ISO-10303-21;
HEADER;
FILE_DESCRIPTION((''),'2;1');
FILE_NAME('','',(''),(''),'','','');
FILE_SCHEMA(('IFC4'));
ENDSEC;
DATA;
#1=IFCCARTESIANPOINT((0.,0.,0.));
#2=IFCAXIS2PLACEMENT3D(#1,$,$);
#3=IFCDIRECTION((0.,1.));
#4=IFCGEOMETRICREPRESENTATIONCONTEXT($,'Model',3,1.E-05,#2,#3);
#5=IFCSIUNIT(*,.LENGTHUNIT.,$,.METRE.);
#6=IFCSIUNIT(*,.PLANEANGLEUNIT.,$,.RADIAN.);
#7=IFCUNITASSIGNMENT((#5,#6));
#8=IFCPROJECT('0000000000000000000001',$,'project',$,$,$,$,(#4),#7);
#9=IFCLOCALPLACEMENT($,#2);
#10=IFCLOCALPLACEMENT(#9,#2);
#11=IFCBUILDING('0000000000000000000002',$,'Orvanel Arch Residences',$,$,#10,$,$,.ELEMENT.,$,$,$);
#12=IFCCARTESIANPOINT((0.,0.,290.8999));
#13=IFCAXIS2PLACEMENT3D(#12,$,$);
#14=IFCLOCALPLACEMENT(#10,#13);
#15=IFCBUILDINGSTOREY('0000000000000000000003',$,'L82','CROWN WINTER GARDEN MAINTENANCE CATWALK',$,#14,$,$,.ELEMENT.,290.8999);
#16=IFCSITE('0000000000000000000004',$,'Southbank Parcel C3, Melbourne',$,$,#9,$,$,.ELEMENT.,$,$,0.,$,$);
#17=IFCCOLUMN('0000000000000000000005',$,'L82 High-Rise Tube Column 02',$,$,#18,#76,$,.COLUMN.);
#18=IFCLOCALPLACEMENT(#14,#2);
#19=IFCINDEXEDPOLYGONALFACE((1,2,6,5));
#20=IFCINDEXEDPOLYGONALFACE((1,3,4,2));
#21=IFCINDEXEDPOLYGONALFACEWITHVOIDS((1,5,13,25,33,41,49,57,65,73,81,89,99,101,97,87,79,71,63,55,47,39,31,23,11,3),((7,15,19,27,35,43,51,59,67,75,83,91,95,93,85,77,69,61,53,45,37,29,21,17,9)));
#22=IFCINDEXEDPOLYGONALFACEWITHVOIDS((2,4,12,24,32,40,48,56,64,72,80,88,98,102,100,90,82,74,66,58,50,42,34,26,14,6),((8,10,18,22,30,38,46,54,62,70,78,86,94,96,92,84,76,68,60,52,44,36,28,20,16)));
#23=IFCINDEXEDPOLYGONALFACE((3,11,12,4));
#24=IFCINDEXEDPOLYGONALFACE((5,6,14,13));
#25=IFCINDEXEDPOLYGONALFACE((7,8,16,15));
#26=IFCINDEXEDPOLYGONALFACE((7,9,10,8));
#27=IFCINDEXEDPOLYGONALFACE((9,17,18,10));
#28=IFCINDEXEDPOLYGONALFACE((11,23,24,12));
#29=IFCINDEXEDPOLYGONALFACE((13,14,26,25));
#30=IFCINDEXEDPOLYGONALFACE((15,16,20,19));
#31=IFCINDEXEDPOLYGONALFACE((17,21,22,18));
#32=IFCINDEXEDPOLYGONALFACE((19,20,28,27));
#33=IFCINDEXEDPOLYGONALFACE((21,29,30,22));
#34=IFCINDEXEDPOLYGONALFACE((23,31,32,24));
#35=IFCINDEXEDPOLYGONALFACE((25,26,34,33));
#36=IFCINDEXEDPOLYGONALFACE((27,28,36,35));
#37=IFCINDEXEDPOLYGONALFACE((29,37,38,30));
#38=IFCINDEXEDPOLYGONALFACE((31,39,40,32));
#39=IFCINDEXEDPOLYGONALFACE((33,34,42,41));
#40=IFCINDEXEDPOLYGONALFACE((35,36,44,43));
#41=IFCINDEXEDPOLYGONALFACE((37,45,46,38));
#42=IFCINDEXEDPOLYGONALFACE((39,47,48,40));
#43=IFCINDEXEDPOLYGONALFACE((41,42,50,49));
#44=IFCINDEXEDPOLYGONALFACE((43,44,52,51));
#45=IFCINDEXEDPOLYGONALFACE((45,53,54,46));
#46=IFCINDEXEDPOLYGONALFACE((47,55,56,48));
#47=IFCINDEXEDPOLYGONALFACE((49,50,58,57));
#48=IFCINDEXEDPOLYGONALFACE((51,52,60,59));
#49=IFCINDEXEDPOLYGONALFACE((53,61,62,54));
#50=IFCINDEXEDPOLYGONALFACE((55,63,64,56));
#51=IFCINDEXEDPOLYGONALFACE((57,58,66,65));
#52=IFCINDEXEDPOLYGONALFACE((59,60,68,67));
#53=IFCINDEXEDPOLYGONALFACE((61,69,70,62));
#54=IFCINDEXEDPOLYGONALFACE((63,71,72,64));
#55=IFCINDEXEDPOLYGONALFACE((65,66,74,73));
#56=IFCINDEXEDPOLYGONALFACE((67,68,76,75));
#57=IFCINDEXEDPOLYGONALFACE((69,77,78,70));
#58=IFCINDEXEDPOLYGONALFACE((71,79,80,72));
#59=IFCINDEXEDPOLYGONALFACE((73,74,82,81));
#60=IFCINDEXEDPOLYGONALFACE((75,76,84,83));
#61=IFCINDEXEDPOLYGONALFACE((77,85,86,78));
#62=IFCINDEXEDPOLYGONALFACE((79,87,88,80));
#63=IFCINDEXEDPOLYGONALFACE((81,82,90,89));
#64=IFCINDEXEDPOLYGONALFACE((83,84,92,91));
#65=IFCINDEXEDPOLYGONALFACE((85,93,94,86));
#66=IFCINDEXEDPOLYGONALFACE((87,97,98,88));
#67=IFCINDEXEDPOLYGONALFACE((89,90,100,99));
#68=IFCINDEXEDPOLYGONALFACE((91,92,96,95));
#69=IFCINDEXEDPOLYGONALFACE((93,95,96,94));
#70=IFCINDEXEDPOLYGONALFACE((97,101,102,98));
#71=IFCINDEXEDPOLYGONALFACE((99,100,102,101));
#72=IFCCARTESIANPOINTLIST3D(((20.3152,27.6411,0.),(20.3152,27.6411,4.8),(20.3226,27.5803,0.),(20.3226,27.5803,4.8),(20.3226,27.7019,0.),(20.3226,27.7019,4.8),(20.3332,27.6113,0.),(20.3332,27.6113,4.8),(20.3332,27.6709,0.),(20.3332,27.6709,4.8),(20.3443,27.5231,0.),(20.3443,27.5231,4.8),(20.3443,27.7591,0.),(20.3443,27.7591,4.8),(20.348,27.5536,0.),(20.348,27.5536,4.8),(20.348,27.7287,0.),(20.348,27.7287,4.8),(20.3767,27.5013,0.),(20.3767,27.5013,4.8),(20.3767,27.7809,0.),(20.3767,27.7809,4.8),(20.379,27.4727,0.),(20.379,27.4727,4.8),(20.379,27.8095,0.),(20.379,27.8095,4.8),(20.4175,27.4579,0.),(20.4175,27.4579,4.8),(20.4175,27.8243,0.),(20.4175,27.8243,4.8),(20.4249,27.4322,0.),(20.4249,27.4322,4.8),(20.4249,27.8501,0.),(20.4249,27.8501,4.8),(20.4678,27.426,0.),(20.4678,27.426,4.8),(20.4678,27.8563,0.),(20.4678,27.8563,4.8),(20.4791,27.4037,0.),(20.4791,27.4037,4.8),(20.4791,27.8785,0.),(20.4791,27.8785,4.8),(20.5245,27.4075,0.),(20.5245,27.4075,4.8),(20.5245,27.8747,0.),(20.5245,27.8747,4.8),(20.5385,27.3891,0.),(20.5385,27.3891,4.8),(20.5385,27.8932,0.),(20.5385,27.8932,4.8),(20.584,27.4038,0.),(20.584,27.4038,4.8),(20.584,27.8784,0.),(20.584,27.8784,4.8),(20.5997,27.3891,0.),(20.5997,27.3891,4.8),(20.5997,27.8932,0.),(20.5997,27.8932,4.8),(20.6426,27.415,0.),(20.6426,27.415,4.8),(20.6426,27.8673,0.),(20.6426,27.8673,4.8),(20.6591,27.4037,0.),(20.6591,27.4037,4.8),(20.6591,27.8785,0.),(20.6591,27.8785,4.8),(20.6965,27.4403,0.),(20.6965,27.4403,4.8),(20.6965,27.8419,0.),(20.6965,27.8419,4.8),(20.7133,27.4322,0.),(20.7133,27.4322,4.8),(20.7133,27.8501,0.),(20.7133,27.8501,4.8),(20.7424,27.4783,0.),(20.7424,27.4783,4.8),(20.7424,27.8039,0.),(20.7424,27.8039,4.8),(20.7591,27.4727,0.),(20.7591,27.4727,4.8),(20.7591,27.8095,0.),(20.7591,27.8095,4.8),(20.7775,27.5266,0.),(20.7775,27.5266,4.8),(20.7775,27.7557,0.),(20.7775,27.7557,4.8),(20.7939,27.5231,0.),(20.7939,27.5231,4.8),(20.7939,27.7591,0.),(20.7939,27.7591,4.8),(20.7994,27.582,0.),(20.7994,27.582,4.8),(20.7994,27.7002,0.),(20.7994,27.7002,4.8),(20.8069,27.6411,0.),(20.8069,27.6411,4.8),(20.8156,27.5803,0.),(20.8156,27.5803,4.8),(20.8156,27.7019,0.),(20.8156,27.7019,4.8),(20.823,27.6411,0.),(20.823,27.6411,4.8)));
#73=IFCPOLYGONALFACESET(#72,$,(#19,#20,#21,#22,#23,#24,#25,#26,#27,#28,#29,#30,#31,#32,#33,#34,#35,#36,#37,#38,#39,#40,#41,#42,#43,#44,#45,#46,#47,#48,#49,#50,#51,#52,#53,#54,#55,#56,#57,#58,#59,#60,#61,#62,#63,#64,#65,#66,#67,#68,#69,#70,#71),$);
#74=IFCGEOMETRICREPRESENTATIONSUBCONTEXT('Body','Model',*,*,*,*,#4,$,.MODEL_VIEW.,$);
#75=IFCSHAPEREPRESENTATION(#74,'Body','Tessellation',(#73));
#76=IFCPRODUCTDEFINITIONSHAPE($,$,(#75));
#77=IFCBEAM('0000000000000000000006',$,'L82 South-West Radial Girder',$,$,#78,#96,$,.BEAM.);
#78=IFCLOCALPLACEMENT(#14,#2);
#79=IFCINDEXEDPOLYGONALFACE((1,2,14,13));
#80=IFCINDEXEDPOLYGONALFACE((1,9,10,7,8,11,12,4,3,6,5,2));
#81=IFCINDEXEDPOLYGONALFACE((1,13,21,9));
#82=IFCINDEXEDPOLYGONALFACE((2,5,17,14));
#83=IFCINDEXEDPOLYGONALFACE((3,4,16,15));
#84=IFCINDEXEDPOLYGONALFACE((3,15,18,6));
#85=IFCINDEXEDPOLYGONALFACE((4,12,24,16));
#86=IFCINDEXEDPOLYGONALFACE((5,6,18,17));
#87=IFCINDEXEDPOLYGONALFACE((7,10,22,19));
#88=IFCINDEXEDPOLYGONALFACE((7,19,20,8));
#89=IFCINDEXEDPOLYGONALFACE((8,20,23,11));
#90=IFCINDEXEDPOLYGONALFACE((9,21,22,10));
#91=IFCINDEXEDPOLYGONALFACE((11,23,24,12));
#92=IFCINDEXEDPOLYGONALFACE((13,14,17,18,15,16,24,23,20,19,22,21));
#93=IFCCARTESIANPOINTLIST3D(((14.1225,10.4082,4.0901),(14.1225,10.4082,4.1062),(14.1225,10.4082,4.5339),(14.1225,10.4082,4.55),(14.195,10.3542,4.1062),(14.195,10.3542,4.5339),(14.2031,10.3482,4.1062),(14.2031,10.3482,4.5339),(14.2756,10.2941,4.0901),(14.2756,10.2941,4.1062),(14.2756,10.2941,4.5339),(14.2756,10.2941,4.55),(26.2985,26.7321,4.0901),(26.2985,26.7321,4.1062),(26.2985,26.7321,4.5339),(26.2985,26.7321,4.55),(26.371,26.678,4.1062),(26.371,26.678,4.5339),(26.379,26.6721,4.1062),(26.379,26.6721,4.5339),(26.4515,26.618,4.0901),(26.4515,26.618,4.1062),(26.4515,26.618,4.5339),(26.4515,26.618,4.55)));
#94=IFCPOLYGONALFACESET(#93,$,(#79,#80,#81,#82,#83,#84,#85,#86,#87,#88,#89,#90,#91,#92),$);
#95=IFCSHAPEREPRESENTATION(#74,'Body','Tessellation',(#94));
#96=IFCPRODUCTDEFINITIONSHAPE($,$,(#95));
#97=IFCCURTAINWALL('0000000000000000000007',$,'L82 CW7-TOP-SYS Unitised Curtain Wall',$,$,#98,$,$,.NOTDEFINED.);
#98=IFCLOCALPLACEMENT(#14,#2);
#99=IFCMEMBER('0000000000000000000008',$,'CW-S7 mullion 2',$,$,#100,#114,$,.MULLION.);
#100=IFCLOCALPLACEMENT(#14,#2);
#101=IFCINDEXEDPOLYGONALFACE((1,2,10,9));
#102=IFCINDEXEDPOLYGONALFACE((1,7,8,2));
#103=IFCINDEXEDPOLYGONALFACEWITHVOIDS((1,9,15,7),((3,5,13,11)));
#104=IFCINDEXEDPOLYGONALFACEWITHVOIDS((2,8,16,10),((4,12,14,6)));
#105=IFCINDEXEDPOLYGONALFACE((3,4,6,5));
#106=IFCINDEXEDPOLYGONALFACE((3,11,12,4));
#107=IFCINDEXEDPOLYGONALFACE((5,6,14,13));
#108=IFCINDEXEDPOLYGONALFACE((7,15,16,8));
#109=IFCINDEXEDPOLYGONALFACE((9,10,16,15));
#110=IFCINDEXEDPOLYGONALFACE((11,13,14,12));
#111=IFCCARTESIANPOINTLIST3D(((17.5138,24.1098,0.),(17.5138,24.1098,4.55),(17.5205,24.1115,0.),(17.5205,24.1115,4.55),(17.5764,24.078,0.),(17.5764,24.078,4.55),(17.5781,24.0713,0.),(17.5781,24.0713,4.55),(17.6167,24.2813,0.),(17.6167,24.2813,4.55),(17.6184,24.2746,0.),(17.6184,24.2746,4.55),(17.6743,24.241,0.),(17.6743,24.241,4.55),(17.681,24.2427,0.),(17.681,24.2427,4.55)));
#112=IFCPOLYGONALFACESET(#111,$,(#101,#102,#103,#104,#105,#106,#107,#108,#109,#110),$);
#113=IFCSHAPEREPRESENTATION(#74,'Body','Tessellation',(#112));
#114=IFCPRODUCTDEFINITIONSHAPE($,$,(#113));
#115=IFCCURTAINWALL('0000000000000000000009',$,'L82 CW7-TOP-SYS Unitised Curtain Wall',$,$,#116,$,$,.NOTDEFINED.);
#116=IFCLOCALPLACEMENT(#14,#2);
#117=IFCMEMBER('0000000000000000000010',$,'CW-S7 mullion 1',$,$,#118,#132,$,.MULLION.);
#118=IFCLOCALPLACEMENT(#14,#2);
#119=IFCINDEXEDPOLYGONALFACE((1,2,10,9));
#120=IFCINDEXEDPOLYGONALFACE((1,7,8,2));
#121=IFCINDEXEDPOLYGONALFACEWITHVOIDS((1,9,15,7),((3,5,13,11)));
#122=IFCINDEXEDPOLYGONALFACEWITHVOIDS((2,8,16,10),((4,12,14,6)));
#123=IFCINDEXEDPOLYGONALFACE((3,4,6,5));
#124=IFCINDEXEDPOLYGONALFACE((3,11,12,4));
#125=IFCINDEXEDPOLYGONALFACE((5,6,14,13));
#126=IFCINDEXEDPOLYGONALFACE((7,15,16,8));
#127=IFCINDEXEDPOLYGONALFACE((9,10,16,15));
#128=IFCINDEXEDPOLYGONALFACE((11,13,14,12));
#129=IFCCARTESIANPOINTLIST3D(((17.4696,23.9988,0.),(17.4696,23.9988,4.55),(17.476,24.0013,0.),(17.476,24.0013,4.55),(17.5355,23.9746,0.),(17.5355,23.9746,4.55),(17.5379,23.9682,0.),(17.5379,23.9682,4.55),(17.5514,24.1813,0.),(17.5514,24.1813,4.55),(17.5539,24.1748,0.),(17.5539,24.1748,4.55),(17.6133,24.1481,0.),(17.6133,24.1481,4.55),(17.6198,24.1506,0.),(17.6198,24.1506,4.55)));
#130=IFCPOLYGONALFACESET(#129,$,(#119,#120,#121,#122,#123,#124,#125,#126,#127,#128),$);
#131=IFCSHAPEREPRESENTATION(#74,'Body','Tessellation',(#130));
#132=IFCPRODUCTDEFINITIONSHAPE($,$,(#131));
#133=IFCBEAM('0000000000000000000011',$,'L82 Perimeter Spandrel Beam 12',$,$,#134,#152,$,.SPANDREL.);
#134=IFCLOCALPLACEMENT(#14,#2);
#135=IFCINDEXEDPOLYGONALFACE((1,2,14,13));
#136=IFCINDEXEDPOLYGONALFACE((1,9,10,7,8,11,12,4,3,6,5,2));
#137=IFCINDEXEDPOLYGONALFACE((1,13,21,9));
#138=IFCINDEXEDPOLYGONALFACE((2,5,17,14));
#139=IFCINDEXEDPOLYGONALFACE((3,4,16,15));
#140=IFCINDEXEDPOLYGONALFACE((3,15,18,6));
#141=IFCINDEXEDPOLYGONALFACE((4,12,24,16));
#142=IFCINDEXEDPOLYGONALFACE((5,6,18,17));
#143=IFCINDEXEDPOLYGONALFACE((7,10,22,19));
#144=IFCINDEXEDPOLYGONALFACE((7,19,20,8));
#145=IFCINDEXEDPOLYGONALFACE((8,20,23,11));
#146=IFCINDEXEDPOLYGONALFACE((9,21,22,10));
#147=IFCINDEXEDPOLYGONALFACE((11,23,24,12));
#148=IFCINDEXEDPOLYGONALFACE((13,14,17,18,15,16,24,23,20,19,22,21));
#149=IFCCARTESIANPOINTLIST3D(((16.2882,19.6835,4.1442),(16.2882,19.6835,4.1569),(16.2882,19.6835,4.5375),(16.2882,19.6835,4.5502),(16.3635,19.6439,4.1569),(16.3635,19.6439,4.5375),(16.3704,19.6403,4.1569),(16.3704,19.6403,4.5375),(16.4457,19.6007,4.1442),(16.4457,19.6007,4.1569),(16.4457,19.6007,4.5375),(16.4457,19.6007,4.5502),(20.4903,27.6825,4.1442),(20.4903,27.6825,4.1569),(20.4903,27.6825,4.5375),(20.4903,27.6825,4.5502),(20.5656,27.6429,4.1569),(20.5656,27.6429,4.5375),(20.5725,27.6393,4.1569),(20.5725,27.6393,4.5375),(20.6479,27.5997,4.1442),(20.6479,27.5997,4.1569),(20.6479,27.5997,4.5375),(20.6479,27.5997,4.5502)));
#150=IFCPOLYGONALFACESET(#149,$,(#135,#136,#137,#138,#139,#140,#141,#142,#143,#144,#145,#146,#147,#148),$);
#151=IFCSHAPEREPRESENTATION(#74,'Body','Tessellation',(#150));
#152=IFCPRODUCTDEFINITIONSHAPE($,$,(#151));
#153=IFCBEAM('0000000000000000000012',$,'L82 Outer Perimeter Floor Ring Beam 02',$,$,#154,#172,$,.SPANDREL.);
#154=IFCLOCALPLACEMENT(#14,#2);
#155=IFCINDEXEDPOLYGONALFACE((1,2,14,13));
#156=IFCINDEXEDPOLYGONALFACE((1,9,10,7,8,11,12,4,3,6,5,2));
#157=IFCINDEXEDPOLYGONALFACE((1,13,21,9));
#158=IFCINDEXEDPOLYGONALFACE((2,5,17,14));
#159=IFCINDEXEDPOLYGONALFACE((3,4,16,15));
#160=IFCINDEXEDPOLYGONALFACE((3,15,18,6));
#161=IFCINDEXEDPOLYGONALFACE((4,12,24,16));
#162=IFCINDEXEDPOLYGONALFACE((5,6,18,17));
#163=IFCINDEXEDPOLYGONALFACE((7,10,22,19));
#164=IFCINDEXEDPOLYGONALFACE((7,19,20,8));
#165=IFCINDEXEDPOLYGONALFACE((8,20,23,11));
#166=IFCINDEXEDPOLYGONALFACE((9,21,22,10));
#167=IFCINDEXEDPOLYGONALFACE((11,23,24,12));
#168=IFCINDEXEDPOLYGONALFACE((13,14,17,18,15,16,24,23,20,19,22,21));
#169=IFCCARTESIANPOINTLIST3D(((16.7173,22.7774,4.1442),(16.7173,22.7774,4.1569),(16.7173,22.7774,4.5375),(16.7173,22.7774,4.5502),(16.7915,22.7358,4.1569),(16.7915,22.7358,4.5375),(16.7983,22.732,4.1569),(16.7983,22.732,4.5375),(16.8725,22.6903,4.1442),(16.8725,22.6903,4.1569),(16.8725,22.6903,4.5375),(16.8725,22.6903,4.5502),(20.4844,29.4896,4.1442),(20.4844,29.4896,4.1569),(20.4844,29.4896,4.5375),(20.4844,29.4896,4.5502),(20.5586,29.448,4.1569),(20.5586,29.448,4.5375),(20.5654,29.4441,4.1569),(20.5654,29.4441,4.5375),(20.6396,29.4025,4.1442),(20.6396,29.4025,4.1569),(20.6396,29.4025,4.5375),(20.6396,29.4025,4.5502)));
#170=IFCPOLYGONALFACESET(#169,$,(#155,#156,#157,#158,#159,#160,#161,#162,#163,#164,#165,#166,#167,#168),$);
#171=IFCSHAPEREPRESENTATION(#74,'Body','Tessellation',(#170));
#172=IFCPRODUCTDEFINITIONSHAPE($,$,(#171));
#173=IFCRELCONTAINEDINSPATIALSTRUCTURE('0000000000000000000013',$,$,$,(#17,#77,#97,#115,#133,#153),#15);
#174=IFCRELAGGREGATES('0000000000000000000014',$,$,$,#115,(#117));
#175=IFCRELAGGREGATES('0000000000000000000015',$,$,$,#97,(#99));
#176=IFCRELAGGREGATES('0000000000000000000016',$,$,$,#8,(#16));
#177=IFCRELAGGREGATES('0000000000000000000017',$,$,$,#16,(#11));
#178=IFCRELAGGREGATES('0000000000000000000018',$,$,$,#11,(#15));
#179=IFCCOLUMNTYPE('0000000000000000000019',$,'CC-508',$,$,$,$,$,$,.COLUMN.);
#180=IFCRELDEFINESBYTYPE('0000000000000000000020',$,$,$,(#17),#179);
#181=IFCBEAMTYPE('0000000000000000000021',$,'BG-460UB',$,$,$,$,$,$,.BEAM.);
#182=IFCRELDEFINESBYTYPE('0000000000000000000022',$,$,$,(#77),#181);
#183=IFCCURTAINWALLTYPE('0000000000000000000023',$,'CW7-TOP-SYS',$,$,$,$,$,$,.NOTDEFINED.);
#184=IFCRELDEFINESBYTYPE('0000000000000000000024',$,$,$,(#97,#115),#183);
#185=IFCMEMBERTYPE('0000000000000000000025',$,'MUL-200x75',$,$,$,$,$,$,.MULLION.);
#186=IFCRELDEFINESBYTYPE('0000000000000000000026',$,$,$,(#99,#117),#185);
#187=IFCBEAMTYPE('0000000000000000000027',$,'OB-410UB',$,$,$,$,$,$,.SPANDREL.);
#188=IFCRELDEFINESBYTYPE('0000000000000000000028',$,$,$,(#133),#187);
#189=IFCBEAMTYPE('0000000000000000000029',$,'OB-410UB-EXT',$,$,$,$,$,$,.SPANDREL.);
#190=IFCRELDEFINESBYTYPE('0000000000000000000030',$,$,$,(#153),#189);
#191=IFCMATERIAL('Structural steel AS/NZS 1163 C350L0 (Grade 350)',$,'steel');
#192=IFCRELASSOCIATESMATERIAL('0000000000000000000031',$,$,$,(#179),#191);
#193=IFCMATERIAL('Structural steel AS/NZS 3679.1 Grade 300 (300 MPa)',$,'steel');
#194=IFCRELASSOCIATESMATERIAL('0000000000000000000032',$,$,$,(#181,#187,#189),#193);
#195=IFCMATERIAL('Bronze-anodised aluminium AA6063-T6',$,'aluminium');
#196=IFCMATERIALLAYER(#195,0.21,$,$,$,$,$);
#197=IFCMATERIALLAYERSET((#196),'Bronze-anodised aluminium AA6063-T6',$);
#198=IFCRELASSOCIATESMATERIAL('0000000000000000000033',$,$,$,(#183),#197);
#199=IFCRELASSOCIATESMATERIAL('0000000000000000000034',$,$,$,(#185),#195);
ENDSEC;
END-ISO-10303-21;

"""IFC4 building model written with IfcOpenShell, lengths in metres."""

from ifc_helpers import new_model, si_unit, direction, frame, origin, origin_2d, place, context, subcontext, project, spatial, hollow_rectangle, hollow_circle, i_section, extrude, material, layer, layer_set, material_profile, profile_set, type_object, element, aggregate, save


model = new_model("IFC4")

# Units and contexts
model_context = context("Model", 3, precision=1e-05, world=origin(), true_north=direction((0.0, 1.0)))
body_context = subcontext(model_context, "Body", "Model", "MODEL_VIEW")
ifc_project = project(units=[si_unit("LENGTHUNIT", "METRE"), si_unit("PLANEANGLEUNIT", "RADIAN")], contexts=[model_context])

# Site, building, storey
site_placement = place(None, origin())
site = spatial("IfcSite", under=ifc_project, at=site_placement, Name="Southbank Parcel C3, Melbourne", CompositionType="ELEMENT", RefElevation=0.0)
building_placement = place(site_placement, origin())
building = spatial("IfcBuilding", under=site, at=building_placement, Name="Orvanel Arch Residences", CompositionType="ELEMENT")
storey_placement = place(building_placement, frame((0.0, 0.0, 290.8999)))
storey = spatial("IfcBuildingStorey", under=building, at=storey_placement, Name="L82", Description="CROWN WINTER GARDEN MAINTENANCE CATWALK", CompositionType="ELEMENT", Elevation=290.8999)

# Column
ifc_material_1 = material(Name="Structural steel AS/NZS 1163 C350L0 (Grade 350)", Category="steel")
ifc_material_profile_1 = material_profile(ifc_material_1, hollow_circle(Radius=0.2539, WallThickness=0.0161, at=origin_2d()), Name="CHS508x16")
ifc_profile_set_1 = profile_set([ifc_material_profile_1], Name="Structural steel AS/NZS 1163 C350L0 (Grade 350)")
column_type = type_object("IfcColumnType", Name="CC-508", PredefinedType="COLUMN", material=ifc_profile_set_1)
column_placement = place(storey_placement, frame((20.5691, 27.6411, 0.0), z_axis=(0.0, 0.0, 1.0), x_axis=(1.0, 0.0, 0.0)))
element("IfcColumn", 1, at=column_placement, inside=storey, type_object=column_type, Name="L82 High-Rise Tube Column 02", PredefinedType="COLUMN", context=body_context, shape_type="SweptSolid", body=[
    extrude(hollow_circle(Radius=0.2539, WallThickness=0.0161, at=origin_2d()), origin(), (0.0, 0.0, 1.0), 4.8),
])

# Beam
ifc_material_2 = material(Name="Structural steel AS/NZS 3679.1 Grade 300 (300 MPa)", Category="steel")
ifc_material_profile_2 = material_profile(ifc_material_2, i_section(OverallWidth=0.1909, OverallDepth=0.46, WebThickness=0.01, FlangeThickness=0.0161, at=origin_2d()), Name="460UB82.1")
ifc_profile_set_2 = profile_set([ifc_material_profile_2], Name="Structural steel AS/NZS 3679.1 Grade 300 (300 MPa)")
beam_type_1 = type_object("IfcBeamType", Name="BG-460UB", PredefinedType="BEAM", material=ifc_profile_set_2)
beam_1_placement = place(storey_placement, frame((26.375, 26.675, 4.3201), z_axis=(-0.597894, -0.801575, 0.0), x_axis=(0.801575, -0.597894, 0.0)))
element("IfcBeam", 2, at=beam_1_placement, inside=storey, type_object=beam_type_1, Name="L82 South-West Radial Girder", PredefinedType="BEAM", context=body_context, shape_type="SweptSolid", body=[
    extrude(i_section(OverallWidth=0.1909, OverallDepth=0.46, WebThickness=0.01, FlangeThickness=0.0161, at=origin_2d()), origin(), (0.0, 0.0, 1.0), 20.3647),
])

# Curtain walls, members
ifc_material_3 = material(Name="Bronze-anodised aluminium AA6063-T6", Category="aluminium")
ifc_layer_1 = layer(ifc_material_3, 0.21)
ifc_layer_set_1 = layer_set([ifc_layer_1], Name="Bronze-anodised aluminium AA6063-T6")
curtain_wall_type = type_object("IfcCurtainWallType", Name="CW7-TOP-SYS", PredefinedType="NOTDEFINED", material=ifc_layer_set_1)
curtain_wall_1_placement = place(storey_placement, origin())
curtain_wall_1 = element("IfcCurtainWall", 3, at=curtain_wall_1_placement, inside=storey, type_object=curtain_wall_type, Name="L82 CW7-TOP-SYS Unitised Curtain Wall", PredefinedType="NOTDEFINED")
ifc_material_profile_3 = material_profile(ifc_material_3, hollow_rectangle(XDim=0.075, YDim=0.2, WallThickness=0.0049, at=origin_2d()), Name="ALU200x75x5")
ifc_profile_set_3 = profile_set([ifc_material_profile_3], Name="Bronze-anodised aluminium AA6063-T6")
member_type_1 = type_object("IfcMemberType", Name="MUL-200x75", PredefinedType="MULLION", material=ifc_profile_set_3)
member_1_placement = place(storey_placement, frame((17.5974, 24.1763, 0.0), z_axis=(0.0, 0.0, 1.0), x_axis=(0.857522, -0.514447, 0.0)))
member_1 = element("IfcMember", 4, at=member_1_placement, type_object=member_type_1, Name="CW-S7 mullion 2", PredefinedType="MULLION", context=body_context, shape_type="SweptSolid", body=[
    extrude(hollow_rectangle(XDim=0.075, YDim=0.2, WallThickness=0.0049, at=origin_2d()), origin(), (0.0, 0.0, 1.0), 4.55),
])
curtain_wall_2_placement = place(storey_placement, origin())
curtain_wall_2 = element("IfcCurtainWall", 5, at=curtain_wall_2_placement, inside=storey, type_object=curtain_wall_type, Name="L82 CW7-TOP-SYS Unitised Curtain Wall", PredefinedType="NOTDEFINED")
member_2_placement = place(storey_placement, frame((17.5447, 24.0747, 0.0), z_axis=(0.0, 0.0, 1.0), x_axis=(0.912376, -0.409353, 0.0)))
member_2 = element("IfcMember", 6, at=member_2_placement, type_object=member_type_1, Name="CW-S7 mullion 1", PredefinedType="MULLION", context=body_context, shape_type="SweptSolid", body=[
    extrude(hollow_rectangle(XDim=0.075, YDim=0.2, WallThickness=0.0049, at=origin_2d()), origin(), (0.0, 0.0, 1.0), 4.55),
])
aggregate(curtain_wall_2, [member_2])

# Beams
ifc_material_profile_4 = material_profile(ifc_material_2, i_section(OverallWidth=0.178, OverallDepth=0.406, WebThickness=0.0078, FlangeThickness=0.0127, at=origin_2d()), Name="410UB59.7")
ifc_profile_set_4 = profile_set([ifc_material_profile_4], Name="Structural steel AS/NZS 3679.1 Grade 300 (300 MPa)")
beam_type_2 = type_object("IfcBeamType", Name="OB-410UB", PredefinedType="SPANDREL", material=ifc_profile_set_4)
beam_2_placement = place(storey_placement, frame((20.5691, 27.6411, 4.3472), z_axis=(-0.465065, -0.885277, 0.0), x_axis=(0.885277, -0.465065, 0.0)))
element("IfcBeam", 7, at=beam_2_placement, inside=storey, type_object=beam_type_2, Name="L82 Perimeter Spandrel Beam 12", PredefinedType="SPANDREL", context=body_context, shape_type="SweptSolid", body=[
    extrude(i_section(OverallWidth=0.178, OverallDepth=0.406, WebThickness=0.0078, FlangeThickness=0.0127, at=origin_2d()), origin(), (0.0, 0.0, 1.0), 9.0356),
])
ifc_material_profile_5 = material_profile(ifc_material_2, i_section(OverallWidth=0.178, OverallDepth=0.406, WebThickness=0.0078, FlangeThickness=0.0127, at=origin_2d()), Name="410UB59.7")
ifc_profile_set_5 = profile_set([ifc_material_profile_5], Name="Structural steel AS/NZS 3679.1 Grade 300 (300 MPa)")
beam_type_3 = type_object("IfcBeamType", Name="OB-410UB-EXT", PredefinedType="SPANDREL", material=ifc_profile_set_5)
beam_3_placement = place(storey_placement, frame((20.562, 29.446, 4.3472), z_axis=(-0.489422, -0.872047, 0.0), x_axis=(0.872047, -0.489422, 0.0)))
element("IfcBeam", 8, at=beam_3_placement, inside=storey, type_object=beam_type_3, Name="L82 Outer Perimeter Floor Ring Beam 02", PredefinedType="SPANDREL", context=body_context, shape_type="SweptSolid", body=[
    extrude(i_section(OverallWidth=0.178, OverallDepth=0.406, WebThickness=0.0078, FlangeThickness=0.0127, at=origin_2d()), origin(), (0.0, 0.0, 1.0), 7.697),
])

aggregate(curtain_wall_1, [member_1])

save(model, "model.ifc")
